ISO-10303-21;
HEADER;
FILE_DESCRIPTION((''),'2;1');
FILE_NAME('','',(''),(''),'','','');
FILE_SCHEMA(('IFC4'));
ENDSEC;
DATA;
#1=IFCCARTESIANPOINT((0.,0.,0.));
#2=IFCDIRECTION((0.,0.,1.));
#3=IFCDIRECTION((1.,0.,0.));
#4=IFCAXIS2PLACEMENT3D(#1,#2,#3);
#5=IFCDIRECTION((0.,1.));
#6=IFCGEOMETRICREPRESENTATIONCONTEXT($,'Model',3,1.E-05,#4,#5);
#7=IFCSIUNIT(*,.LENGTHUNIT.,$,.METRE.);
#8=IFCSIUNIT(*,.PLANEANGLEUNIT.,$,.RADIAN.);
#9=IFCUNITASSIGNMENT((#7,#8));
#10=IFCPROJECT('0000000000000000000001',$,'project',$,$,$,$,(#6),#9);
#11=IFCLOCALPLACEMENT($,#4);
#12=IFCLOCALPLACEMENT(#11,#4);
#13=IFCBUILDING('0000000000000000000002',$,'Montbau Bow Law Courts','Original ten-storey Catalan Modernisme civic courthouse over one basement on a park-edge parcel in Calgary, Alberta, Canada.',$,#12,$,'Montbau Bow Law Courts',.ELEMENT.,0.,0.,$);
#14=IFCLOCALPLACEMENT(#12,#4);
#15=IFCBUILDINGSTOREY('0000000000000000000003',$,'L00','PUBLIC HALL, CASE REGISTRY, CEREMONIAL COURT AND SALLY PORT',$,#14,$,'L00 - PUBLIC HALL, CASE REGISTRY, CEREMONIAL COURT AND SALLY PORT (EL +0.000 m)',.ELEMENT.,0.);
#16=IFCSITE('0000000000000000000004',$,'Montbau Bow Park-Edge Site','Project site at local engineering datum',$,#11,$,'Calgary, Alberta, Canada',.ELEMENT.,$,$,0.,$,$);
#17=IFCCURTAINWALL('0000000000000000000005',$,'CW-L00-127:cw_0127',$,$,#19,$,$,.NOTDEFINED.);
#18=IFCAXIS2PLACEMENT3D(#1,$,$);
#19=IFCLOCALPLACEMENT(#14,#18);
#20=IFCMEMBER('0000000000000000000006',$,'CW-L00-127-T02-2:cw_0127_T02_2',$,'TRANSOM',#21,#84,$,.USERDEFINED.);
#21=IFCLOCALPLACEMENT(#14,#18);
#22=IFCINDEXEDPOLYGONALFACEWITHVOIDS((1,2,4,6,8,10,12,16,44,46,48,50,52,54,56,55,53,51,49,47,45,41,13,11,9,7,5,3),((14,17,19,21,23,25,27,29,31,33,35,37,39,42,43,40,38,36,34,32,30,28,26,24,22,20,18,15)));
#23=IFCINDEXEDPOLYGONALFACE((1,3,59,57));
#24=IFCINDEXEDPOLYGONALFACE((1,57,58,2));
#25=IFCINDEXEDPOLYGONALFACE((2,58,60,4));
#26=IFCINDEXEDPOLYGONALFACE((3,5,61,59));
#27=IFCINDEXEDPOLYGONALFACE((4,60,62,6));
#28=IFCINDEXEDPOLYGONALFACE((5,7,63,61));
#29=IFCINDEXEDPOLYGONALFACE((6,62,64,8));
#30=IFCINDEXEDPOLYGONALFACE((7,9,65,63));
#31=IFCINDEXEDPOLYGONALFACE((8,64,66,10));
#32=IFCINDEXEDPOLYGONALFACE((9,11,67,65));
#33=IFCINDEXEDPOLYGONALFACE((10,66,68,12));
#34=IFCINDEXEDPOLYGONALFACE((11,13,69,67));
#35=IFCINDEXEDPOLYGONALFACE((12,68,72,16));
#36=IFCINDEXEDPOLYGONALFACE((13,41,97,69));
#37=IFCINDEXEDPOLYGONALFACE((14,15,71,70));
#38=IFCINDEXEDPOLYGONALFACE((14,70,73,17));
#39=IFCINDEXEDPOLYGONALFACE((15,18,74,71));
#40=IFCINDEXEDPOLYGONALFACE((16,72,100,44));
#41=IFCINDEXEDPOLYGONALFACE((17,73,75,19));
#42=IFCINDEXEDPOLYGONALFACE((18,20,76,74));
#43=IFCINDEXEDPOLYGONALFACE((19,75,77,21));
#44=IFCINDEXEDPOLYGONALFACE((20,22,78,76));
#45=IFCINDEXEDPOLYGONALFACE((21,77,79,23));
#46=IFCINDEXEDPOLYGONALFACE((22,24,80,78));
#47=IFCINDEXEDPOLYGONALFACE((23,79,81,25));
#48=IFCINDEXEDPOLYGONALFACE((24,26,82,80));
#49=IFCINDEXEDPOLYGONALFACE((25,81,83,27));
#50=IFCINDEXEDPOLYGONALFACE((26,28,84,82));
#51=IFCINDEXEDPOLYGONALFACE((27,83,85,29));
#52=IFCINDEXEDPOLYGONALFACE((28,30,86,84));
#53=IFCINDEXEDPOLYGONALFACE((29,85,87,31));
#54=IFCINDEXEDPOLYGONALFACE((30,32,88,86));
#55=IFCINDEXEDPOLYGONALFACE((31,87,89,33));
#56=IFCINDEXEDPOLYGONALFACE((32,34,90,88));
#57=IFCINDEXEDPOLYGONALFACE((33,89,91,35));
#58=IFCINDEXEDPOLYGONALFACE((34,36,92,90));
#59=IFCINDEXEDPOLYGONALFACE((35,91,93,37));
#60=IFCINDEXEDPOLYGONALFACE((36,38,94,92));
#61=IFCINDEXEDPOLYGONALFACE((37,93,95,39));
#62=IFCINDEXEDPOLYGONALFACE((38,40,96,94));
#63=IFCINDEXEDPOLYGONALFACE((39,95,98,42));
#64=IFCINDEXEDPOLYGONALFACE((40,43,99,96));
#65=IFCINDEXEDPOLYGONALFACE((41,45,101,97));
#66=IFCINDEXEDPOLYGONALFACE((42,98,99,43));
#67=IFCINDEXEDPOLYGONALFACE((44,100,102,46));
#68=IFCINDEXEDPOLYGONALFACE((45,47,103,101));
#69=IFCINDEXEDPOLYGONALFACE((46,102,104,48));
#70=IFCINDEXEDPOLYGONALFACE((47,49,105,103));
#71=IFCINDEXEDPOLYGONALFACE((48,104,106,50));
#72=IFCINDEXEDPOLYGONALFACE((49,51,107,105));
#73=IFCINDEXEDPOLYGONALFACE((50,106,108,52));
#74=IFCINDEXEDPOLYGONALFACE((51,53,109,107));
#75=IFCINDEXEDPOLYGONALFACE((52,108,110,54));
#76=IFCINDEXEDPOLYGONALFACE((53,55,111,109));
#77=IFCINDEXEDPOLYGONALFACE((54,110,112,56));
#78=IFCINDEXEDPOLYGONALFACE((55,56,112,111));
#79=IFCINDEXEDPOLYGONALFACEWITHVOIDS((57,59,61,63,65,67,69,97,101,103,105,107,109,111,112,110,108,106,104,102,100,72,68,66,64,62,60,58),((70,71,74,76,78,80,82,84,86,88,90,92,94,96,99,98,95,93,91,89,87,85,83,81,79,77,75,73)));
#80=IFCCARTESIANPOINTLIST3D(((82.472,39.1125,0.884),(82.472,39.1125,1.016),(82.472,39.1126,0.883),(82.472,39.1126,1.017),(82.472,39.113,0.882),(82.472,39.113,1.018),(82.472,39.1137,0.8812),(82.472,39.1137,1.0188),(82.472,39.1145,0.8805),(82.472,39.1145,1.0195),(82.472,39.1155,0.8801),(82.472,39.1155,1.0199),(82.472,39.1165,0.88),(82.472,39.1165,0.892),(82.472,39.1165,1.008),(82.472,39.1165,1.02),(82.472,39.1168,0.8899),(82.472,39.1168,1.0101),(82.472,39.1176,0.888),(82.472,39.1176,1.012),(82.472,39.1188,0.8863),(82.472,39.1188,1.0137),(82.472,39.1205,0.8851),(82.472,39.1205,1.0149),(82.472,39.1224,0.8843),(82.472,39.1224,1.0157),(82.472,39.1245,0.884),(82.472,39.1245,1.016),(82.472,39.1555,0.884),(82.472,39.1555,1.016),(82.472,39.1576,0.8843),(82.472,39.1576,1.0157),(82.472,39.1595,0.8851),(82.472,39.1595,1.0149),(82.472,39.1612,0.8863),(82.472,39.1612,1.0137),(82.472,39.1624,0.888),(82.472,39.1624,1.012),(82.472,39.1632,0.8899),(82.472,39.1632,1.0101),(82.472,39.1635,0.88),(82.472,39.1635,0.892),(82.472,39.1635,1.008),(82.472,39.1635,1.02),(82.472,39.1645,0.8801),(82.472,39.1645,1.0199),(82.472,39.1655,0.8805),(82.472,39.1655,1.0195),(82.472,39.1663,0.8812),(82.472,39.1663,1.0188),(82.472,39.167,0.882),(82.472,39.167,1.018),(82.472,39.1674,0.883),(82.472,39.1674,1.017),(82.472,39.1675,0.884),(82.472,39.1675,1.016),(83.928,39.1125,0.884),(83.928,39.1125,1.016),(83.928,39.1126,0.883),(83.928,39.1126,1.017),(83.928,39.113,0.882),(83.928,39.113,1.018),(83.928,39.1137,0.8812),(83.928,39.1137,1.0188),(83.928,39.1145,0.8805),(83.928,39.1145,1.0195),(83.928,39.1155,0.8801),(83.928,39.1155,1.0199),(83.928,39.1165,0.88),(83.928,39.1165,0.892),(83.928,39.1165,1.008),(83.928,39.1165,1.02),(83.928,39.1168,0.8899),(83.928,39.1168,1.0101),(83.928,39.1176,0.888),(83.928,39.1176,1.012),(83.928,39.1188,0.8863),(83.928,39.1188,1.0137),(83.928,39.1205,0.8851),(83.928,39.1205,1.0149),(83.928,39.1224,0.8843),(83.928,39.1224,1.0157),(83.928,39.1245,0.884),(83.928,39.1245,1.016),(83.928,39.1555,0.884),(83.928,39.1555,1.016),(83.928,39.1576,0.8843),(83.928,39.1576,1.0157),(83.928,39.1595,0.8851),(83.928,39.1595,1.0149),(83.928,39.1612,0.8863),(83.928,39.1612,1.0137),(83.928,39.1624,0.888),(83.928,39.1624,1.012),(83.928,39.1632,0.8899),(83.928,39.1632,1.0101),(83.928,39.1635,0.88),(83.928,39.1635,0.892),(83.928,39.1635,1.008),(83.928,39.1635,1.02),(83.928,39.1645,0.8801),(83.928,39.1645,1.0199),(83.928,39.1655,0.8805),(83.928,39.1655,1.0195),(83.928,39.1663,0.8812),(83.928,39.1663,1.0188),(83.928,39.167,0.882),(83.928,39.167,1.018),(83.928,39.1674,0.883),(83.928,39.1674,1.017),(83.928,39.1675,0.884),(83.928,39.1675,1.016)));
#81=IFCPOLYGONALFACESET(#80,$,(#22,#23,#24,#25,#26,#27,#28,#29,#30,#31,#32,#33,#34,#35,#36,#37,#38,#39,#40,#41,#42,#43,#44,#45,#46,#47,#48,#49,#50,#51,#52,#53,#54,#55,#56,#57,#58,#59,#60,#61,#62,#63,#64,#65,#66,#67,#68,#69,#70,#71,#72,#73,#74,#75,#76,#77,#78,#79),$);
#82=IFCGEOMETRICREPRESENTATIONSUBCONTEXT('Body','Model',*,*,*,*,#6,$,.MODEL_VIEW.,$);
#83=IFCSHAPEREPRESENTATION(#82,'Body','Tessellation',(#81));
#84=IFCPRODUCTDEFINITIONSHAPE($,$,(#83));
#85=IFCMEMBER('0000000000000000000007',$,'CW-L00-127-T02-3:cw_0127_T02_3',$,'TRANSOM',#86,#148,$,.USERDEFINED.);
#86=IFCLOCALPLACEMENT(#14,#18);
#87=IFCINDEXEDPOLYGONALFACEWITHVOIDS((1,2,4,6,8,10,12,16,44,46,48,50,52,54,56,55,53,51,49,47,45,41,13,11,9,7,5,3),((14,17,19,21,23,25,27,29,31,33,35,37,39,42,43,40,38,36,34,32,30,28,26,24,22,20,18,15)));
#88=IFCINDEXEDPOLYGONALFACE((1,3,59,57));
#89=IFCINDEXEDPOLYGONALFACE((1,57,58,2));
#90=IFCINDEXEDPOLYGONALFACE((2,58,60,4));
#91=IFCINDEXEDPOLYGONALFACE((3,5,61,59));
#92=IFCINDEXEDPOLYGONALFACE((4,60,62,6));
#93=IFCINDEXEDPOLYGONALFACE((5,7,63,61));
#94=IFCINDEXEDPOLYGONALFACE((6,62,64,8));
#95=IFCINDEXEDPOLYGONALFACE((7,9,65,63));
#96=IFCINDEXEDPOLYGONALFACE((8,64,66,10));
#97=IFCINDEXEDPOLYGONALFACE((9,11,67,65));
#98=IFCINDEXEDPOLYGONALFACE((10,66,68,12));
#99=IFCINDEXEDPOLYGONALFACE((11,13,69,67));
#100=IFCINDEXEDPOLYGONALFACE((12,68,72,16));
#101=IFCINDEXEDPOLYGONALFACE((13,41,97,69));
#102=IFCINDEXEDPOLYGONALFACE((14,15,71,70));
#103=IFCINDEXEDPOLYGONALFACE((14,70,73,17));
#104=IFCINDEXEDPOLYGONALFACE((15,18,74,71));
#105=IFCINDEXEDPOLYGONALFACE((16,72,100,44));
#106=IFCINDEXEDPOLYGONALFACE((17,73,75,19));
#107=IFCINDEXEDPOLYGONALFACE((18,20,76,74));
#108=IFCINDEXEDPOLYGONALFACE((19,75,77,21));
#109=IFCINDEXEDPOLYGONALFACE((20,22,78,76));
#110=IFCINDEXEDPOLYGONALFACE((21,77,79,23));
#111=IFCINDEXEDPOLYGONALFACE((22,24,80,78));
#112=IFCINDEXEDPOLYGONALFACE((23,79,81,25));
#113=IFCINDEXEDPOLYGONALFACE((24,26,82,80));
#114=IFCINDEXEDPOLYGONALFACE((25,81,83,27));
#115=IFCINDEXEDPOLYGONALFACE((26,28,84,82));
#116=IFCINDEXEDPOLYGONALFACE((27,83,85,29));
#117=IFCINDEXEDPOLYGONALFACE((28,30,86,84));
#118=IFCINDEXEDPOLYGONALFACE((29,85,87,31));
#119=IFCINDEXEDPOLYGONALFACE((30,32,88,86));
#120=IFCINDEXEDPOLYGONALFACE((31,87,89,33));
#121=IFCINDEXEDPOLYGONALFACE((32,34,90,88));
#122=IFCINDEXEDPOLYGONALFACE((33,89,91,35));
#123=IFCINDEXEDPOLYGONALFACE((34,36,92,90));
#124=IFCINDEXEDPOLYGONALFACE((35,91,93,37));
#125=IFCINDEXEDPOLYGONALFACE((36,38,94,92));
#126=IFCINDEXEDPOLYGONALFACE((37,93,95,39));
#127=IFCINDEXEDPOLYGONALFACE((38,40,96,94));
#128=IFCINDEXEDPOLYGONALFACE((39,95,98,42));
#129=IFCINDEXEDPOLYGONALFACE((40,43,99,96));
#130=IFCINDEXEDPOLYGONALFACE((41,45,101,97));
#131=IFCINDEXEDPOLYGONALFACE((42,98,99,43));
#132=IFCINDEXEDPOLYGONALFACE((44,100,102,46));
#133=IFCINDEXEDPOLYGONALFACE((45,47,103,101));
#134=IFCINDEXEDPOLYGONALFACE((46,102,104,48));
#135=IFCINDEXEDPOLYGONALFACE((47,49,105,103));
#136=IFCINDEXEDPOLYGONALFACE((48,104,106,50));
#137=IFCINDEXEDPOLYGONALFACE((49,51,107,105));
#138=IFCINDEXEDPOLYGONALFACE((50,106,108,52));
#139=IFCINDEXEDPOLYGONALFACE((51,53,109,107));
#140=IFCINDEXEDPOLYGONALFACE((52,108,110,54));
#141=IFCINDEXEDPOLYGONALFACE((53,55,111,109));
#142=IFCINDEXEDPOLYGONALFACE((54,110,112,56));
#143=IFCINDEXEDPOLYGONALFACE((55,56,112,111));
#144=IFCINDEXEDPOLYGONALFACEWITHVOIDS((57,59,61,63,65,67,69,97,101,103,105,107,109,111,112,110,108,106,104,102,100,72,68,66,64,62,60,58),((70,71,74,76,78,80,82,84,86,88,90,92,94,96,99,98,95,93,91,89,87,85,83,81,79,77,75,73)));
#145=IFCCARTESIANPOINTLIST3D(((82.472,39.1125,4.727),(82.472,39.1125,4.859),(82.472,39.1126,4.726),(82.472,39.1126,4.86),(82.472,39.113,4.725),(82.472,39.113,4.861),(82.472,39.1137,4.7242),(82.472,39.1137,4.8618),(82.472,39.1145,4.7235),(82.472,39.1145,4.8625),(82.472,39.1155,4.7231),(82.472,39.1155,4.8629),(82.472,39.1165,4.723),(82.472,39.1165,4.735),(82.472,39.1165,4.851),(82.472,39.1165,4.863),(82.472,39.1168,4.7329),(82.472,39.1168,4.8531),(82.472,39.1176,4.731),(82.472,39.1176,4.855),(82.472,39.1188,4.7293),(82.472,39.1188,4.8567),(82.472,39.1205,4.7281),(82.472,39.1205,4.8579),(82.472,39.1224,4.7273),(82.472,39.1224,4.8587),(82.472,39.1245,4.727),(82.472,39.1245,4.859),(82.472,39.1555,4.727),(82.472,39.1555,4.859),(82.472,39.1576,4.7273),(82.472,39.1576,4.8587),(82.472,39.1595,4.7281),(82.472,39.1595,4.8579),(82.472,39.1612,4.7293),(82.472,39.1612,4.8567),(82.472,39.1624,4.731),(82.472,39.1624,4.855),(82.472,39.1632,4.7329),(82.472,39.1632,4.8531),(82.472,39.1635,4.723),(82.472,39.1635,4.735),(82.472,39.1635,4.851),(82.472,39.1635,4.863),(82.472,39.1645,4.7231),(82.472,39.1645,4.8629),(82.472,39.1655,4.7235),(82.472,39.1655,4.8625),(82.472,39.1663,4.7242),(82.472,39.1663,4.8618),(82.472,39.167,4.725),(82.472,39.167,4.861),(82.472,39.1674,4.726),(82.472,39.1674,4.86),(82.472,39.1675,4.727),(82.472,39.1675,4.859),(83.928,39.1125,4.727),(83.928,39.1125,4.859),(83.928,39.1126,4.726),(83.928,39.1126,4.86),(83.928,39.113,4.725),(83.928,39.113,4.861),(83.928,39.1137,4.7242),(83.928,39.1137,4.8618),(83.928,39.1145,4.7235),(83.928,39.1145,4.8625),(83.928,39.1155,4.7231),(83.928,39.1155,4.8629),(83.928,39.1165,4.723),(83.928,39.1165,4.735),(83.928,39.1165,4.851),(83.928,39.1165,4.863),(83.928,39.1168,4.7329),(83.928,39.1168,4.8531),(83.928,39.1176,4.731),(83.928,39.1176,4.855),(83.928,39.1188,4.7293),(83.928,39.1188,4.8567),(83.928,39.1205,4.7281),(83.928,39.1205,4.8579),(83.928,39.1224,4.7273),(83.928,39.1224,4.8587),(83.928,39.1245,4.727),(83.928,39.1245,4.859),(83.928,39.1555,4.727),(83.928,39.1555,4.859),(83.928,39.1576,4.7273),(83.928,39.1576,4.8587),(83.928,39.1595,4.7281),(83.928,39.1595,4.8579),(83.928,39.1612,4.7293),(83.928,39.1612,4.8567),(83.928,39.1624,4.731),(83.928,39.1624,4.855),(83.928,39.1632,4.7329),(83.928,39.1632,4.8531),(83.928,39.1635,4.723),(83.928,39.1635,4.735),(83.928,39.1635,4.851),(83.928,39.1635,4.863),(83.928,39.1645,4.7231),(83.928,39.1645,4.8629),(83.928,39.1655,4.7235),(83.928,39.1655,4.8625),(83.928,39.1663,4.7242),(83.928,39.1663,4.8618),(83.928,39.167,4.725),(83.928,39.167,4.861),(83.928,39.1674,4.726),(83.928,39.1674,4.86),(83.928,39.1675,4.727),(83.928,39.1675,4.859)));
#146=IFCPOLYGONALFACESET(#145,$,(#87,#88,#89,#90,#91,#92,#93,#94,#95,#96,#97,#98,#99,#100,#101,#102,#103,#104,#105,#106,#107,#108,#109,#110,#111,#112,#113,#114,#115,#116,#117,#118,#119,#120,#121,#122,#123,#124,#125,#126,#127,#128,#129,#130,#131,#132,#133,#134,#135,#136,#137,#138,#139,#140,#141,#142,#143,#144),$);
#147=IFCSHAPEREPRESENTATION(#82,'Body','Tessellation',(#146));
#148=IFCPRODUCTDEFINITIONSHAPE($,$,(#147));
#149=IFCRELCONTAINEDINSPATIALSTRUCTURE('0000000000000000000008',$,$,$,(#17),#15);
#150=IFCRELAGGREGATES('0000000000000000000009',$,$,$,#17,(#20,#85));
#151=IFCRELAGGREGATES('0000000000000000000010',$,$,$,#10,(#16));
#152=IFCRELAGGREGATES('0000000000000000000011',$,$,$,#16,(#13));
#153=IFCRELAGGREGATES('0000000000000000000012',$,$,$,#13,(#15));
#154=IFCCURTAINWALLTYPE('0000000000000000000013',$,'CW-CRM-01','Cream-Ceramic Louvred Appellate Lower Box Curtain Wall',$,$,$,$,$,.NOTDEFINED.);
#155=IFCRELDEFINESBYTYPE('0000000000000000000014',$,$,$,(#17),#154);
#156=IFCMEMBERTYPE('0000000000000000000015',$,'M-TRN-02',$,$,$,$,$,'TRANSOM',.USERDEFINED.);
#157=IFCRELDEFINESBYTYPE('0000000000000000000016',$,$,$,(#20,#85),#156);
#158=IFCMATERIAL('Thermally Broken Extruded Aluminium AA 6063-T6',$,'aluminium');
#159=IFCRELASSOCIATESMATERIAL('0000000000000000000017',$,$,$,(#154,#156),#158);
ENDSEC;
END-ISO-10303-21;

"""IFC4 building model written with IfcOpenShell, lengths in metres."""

from ifc_helpers import new_model, si_unit, direction, frame, origin_with_axes, origin_2d_with_axis, place, context, subcontext, project, spatial, hollow_rectangle, extrude, material, material_profile, profile_set, type_object, element, aggregate, save


model = new_model("IFC4")

# Units and contexts
model_context = context("Model", 3, precision=1e-05, world=origin_with_axes(), true_north=direction((0.0, 1.0)))
body_context = subcontext(model_context, "Body", "Model", "MODEL_VIEW")
ifc_project = project(units=[si_unit("LENGTHUNIT", "METRE"), si_unit("PLANEANGLEUNIT", "RADIAN")], contexts=[model_context])

# Site, building, storey
site_placement = place(None, origin_with_axes())
site = spatial("IfcSite", under=ifc_project, at=site_placement, Name="Montbau Bow Park-Edge Site", Description="Project site at local engineering datum", LongName="Calgary, Alberta, Canada", CompositionType="ELEMENT", RefElevation=0.0)
building_placement = place(site_placement, origin_with_axes())
building = spatial("IfcBuilding", under=site, at=building_placement, Name="Montbau Bow Law Courts", Description="Original ten-storey Catalan Modernisme civic courthouse over one basement on a park-edge parcel in Calgary, Alberta, Canada.", LongName="Montbau Bow Law Courts", CompositionType="ELEMENT", ElevationOfRefHeight=0.0, ElevationOfTerrain=0.0)
storey_placement = place(building_placement, origin_with_axes())
storey = spatial("IfcBuildingStorey", under=building, at=storey_placement, Name="L00", Description="PUBLIC HALL, CASE REGISTRY, CEREMONIAL COURT AND SALLY PORT", LongName="L00 - PUBLIC HALL, CASE REGISTRY, CEREMONIAL COURT AND SALLY PORT (EL +0.000 m)", CompositionType="ELEMENT", Elevation=0.0)

# Curtain wall, members
ifc_material_1 = material(Name="Thermally Broken Extruded Aluminium AA 6063-T6", Category="aluminium")
curtain_wall_type = type_object("IfcCurtainWallType", Name="CW-CRM-01", Description="Cream-Ceramic Louvred Appellate Lower Box Curtain Wall", PredefinedType="NOTDEFINED", material=ifc_material_1)
curtain_wall_placement = place(None, frame((80.915, 39.14, 0.0), z_axis=(0.0, 0.0, 1.0), x_axis=(1.0, 0.0, 0.0)))
curtain_wall = element("IfcCurtainWall", 1, at=curtain_wall_placement, inside=storey, type_object=curtain_wall_type, Name="CW-L00-127:cw_0127", PredefinedType="NOTDEFINED")
ifc_material_profile_1 = material_profile(ifc_material_1, hollow_rectangle(XDim=0.055, YDim=0.14, WallThickness=0.004, InnerFilletRadius=0.008, OuterFilletRadius=0.004, at=origin_2d_with_axis()), Name="CWT-140X55", Category="Main", Priority=0)
ifc_profile_set_1 = profile_set([ifc_material_profile_1], Name="Thermally Broken Extruded Aluminium AA 6063-T6")
member_type_1 = type_object("IfcMemberType", Name="M-TRN-02", ElementType="TRANSOM", PredefinedType="USERDEFINED", material=ifc_profile_set_1)
member_1_placement = place(None, frame((82.472, 39.14, 0.95), z_axis=(1.0, 0.0, 0.0), x_axis=(0.0, 1.0, 0.0)))
member_1 = element("IfcMember", 2, at=member_1_placement, type_object=member_type_1, Name="CW-L00-127-T02-2:cw_0127_T02_2", ObjectType="TRANSOM", PredefinedType="USERDEFINED", context=body_context, shape_type="SweptSolid", body=[
    extrude(hollow_rectangle(XDim=0.055, YDim=0.14, WallThickness=0.004, InnerFilletRadius=0.008, OuterFilletRadius=0.004, at=origin_2d_with_axis()), origin_with_axes(), (0.0, 0.0, 1.0), 1.456),
])
member_2_placement = place(None, frame((82.472, 39.14, 4.793), z_axis=(1.0, 0.0, 0.0), x_axis=(0.0, 1.0, 0.0)))
member_2 = element("IfcMember", 3, at=member_2_placement, type_object=member_type_1, Name="CW-L00-127-T02-3:cw_0127_T02_3", ObjectType="TRANSOM", PredefinedType="USERDEFINED", context=body_context, shape_type="SweptSolid", body=[
    extrude(hollow_rectangle(XDim=0.055, YDim=0.14, WallThickness=0.004, InnerFilletRadius=0.008, OuterFilletRadius=0.004, at=origin_2d_with_axis()), origin_with_axes(), (0.0, 0.0, 1.0), 1.456),
])
aggregate(curtain_wall, [member_1, member_2])

save(model, "model.ifc")
